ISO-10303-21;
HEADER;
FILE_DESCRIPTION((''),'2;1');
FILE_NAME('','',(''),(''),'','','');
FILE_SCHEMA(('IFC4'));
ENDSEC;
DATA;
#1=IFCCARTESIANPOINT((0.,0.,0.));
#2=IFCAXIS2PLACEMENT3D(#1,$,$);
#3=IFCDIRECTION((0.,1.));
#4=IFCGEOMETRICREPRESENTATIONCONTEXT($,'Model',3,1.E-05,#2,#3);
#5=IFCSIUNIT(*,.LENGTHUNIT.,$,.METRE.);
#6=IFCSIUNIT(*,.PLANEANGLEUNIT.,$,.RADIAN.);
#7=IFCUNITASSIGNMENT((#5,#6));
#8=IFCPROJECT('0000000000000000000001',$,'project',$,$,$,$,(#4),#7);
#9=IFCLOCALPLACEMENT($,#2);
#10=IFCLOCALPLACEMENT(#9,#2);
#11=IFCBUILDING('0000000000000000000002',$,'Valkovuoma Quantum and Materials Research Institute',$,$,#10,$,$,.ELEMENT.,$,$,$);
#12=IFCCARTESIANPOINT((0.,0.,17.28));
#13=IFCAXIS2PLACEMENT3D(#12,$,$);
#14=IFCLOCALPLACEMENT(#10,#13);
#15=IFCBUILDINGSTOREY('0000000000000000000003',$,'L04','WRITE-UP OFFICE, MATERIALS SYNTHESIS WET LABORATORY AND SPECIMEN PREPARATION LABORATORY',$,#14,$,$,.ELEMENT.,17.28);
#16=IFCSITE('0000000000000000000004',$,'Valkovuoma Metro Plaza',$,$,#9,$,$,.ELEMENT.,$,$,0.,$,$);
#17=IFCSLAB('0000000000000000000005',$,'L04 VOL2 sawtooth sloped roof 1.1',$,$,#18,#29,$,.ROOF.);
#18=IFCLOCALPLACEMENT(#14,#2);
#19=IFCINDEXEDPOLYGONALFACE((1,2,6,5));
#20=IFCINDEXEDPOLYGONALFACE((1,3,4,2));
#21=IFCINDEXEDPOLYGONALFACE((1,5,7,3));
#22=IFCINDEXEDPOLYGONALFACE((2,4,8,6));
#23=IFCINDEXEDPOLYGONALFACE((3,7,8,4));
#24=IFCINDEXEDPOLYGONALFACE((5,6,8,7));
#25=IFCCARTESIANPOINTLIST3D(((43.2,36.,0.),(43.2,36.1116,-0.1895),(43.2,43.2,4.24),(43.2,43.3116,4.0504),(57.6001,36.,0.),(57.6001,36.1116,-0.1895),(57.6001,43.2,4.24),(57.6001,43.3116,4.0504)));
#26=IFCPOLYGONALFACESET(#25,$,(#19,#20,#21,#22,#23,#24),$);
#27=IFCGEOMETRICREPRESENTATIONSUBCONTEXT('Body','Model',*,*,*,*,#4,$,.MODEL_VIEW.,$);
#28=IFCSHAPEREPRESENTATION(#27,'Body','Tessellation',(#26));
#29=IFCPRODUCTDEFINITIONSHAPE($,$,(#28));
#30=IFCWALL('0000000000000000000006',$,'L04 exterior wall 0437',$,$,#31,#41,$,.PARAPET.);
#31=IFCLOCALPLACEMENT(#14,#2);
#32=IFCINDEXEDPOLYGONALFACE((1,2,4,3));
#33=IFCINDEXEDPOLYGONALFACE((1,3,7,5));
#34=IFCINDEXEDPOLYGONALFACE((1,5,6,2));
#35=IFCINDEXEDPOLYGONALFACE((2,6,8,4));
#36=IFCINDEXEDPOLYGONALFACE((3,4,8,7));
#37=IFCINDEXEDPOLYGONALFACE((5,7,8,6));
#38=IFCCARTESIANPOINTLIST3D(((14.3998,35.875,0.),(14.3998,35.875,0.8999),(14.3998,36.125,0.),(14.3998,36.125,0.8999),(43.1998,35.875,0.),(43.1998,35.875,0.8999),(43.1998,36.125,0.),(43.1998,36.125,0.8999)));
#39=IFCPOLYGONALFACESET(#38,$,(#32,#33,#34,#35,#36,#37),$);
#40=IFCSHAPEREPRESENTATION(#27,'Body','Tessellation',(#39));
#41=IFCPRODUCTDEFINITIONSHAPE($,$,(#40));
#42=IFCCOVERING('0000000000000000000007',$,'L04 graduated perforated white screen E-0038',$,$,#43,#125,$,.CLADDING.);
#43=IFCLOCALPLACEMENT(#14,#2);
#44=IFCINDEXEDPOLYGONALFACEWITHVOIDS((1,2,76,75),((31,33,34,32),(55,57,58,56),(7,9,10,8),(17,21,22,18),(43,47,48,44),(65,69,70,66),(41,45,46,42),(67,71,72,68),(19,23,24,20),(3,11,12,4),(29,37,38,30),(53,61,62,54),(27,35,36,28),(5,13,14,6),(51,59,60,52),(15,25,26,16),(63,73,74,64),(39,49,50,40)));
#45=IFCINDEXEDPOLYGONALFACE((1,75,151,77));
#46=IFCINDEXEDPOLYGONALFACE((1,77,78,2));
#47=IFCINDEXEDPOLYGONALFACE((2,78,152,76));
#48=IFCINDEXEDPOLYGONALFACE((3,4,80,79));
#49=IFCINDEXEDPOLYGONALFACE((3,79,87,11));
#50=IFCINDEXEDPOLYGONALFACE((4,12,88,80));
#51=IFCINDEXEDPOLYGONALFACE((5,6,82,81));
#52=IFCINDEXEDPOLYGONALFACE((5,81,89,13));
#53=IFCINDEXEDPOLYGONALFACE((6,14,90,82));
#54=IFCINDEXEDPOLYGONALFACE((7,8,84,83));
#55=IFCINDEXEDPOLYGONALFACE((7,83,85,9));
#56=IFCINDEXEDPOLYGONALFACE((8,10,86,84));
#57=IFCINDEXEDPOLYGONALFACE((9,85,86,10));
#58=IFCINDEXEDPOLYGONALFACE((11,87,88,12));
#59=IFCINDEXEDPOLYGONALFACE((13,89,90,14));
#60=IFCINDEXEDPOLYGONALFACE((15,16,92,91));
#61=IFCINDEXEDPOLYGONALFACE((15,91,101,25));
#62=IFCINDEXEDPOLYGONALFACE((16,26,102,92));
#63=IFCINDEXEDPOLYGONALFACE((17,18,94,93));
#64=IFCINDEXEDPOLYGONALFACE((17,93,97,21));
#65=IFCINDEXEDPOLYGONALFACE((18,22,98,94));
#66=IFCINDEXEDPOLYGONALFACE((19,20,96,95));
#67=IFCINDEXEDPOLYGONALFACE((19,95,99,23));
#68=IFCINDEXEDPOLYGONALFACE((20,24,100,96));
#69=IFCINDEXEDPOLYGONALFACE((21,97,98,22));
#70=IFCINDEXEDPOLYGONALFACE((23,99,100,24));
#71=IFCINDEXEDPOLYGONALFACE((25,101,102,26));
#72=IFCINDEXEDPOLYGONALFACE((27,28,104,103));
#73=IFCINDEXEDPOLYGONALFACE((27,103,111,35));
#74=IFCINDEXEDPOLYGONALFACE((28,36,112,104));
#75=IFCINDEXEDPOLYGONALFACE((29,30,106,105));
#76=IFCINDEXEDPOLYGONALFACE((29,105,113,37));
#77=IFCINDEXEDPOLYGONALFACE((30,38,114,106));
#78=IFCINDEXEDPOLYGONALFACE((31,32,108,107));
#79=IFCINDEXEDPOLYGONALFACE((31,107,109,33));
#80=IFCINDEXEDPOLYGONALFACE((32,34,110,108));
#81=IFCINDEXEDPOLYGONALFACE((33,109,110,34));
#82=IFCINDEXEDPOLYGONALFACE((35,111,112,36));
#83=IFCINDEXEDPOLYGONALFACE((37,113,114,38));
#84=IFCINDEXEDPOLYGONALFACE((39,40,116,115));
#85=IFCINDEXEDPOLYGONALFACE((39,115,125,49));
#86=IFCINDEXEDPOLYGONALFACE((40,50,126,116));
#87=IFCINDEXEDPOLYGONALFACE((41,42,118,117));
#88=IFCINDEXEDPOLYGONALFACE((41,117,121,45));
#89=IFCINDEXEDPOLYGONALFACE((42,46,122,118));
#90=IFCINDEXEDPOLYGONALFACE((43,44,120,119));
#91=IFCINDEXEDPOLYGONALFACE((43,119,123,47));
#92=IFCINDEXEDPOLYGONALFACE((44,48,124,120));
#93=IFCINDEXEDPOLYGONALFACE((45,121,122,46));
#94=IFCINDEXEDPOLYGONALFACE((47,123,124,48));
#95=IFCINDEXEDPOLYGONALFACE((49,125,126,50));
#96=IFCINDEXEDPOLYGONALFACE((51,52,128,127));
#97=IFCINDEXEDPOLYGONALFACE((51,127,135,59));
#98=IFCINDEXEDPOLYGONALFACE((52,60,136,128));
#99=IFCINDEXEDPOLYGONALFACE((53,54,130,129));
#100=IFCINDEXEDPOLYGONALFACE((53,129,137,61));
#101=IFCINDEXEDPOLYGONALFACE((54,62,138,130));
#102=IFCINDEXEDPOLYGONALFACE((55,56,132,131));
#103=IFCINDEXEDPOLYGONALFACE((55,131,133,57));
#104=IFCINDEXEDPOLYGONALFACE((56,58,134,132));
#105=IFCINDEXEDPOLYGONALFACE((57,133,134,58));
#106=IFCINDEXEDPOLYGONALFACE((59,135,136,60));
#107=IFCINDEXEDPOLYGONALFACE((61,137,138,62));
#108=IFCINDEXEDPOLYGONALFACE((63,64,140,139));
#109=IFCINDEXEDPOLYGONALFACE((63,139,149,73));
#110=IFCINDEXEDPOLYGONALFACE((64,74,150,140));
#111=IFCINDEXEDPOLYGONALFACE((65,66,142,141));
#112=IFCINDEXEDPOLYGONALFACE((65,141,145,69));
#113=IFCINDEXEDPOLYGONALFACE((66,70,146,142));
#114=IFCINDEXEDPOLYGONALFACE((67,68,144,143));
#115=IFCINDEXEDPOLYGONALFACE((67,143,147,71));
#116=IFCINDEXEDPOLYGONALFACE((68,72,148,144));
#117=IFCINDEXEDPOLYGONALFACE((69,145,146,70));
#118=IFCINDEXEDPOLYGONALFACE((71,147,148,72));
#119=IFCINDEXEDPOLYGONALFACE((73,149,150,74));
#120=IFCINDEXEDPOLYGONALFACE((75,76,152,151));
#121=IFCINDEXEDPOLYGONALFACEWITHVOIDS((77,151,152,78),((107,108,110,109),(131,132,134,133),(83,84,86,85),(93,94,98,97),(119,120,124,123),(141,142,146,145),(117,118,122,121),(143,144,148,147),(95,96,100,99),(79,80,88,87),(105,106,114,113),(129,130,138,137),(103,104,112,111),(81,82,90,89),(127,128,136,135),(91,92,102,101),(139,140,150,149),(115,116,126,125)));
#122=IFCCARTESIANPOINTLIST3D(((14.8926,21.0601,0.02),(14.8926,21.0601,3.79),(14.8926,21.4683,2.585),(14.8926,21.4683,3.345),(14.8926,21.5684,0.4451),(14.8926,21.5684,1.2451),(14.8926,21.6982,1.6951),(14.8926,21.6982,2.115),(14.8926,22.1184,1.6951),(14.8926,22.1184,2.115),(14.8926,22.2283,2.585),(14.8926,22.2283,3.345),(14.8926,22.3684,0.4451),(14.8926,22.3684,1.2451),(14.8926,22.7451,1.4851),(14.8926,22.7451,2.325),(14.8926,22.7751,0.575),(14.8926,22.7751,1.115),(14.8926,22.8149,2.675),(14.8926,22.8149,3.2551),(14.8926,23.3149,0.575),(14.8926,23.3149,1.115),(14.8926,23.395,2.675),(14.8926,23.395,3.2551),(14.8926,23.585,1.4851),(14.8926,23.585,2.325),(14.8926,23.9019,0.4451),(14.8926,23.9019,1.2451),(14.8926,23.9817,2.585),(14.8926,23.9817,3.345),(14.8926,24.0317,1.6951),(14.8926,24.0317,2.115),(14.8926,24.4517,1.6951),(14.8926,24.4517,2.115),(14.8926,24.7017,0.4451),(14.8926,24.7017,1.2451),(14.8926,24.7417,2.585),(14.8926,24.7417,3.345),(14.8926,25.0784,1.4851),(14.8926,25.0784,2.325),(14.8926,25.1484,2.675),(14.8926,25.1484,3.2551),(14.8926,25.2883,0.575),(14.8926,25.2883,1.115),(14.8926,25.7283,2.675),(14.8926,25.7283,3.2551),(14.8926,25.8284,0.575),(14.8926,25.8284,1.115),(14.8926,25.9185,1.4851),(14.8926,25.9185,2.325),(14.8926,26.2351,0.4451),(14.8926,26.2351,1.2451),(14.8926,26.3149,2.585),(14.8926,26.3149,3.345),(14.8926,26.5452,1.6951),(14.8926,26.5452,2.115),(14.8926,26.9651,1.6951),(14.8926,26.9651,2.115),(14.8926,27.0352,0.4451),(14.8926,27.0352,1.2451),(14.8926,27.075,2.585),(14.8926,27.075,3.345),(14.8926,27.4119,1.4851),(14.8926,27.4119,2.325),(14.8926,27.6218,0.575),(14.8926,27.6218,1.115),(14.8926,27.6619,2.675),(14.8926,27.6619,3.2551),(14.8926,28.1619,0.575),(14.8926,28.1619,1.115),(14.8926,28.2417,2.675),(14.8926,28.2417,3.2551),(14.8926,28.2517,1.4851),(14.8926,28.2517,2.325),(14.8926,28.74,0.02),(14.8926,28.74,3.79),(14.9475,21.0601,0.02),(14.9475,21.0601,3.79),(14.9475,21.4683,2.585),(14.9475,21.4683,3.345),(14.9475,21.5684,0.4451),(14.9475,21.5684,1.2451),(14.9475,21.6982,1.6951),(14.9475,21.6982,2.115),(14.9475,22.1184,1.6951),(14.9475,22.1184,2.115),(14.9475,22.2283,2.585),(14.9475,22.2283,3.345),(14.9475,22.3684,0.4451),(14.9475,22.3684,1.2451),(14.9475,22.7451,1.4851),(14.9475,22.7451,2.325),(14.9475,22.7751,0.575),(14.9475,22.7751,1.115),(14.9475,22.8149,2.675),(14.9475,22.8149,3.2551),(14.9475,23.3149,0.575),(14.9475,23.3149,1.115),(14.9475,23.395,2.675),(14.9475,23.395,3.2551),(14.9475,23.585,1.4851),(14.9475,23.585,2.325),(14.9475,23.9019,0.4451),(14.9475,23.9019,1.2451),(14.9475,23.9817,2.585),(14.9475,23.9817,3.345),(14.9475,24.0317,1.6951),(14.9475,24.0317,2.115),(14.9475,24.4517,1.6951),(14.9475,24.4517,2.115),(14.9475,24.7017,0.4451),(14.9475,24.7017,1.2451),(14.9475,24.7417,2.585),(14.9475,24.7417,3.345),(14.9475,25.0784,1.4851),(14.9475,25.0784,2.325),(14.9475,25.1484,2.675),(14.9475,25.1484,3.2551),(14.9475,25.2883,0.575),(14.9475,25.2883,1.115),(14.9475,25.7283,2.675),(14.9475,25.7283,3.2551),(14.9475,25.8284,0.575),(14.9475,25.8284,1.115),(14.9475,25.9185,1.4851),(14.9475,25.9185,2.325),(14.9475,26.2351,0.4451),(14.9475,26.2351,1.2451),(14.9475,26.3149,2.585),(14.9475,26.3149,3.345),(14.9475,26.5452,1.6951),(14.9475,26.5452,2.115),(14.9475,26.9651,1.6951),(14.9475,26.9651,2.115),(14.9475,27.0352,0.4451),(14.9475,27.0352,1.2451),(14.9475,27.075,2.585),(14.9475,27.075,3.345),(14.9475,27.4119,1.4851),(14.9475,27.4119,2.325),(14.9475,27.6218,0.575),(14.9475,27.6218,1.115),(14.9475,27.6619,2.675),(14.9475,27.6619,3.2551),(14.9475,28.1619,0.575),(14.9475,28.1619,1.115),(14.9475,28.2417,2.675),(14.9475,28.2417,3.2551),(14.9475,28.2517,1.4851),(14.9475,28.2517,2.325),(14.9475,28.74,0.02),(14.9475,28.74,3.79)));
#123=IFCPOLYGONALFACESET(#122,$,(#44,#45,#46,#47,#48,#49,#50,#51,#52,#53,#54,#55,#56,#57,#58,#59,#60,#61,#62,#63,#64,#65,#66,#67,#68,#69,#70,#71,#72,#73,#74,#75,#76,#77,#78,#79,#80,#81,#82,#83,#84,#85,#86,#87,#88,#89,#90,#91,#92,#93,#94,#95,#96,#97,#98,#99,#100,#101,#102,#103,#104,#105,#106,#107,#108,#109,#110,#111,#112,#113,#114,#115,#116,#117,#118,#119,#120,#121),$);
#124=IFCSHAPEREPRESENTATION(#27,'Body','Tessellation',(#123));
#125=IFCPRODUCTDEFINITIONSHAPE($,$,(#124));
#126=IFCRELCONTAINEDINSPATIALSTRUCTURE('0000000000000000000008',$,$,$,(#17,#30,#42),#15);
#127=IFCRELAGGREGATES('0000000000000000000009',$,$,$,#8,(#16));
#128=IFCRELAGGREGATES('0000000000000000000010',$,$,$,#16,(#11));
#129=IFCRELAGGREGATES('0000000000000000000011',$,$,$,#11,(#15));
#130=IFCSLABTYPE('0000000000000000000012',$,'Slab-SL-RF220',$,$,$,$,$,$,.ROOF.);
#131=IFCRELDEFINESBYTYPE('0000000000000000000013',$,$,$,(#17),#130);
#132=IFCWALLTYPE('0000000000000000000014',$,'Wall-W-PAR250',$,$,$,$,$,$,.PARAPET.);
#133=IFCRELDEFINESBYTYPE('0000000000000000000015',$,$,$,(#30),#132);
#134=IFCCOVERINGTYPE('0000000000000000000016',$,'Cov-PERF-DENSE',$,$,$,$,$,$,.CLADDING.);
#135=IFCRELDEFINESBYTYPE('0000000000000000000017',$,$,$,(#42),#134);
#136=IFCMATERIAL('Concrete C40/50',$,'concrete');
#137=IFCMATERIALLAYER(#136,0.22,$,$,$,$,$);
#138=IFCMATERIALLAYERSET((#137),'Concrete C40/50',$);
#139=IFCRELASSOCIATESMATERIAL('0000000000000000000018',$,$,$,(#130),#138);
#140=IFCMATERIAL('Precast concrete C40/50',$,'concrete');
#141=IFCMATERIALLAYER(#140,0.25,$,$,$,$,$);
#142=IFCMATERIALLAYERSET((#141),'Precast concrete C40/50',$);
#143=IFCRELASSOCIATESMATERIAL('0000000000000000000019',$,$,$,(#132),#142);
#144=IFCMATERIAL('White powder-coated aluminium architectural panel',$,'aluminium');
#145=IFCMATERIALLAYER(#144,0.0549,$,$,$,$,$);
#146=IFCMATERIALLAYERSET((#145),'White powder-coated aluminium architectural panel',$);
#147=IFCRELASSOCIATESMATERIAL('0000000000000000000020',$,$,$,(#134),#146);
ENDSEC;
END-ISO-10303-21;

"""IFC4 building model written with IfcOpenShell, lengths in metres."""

from ifc_helpers import new_model, si_unit, direction, frame, frame_2d, origin, place, context, subcontext, project, spatial, polyline, rectangle, outline, extrude, material, layer, layer_set, type_object, element, save


model = new_model("IFC4")

# Units and contexts
model_context = context("Model", 3, precision=1e-05, world=origin(), true_north=direction((0.0, 1.0)))
body_context = subcontext(model_context, "Body", "Model", "MODEL_VIEW")
ifc_project = project(units=[si_unit("LENGTHUNIT", "METRE"), si_unit("PLANEANGLEUNIT", "RADIAN")], contexts=[model_context])

# Site, building, storey
site_placement = place(None, origin())
site = spatial("IfcSite", under=ifc_project, at=site_placement, Name="Valkovuoma Metro Plaza", CompositionType="ELEMENT", RefElevation=0.0)
building_placement = place(site_placement, origin())
building = spatial("IfcBuilding", under=site, at=building_placement, Name="Valkovuoma Quantum and Materials Research Institute", CompositionType="ELEMENT")
storey_placement = place(building_placement, frame((0.0, 0.0, 17.28)))
storey = spatial("IfcBuildingStorey", under=building, at=storey_placement, Name="L04", Description="WRITE-UP OFFICE, MATERIALS SYNTHESIS WET LABORATORY AND SPECIMEN PREPARATION LABORATORY", CompositionType="ELEMENT", Elevation=17.28)

# Slab
ifc_material_1 = material(Name="Concrete C40/50", Category="concrete")
ifc_layer_1 = layer(ifc_material_1, 0.22)
ifc_layer_set_1 = layer_set([ifc_layer_1], Name="Concrete C40/50")
slab_type = type_object("IfcSlabType", Name="Slab-SL-RF220", PredefinedType="ROOF", material=ifc_layer_set_1)
slab_placement = place(storey_placement, frame((43.2, 36.0, 0.0), z_axis=(0.0, -0.50744, 0.861687), x_axis=(1.0, 0.0, 0.0)))
element("IfcSlab", 1, at=slab_placement, inside=storey, type_object=slab_type, Name="L04 VOL2 sawtooth sloped roof 1.1", PredefinedType="ROOF", context=body_context, shape_type="SweptSolid", body=[
    extrude(outline(polyline([(0.0, 0.0), (14.4001, 0.0), (14.4001, 8.3556), (0.0, 8.3556), (0.0, 0.0)])), origin(), (0.0, 0.0, -1.0), 0.22),
])

# Wall
ifc_material_2 = material(Name="Precast concrete C40/50", Category="concrete")
ifc_layer_2 = layer(ifc_material_2, 0.25)
ifc_layer_set_2 = layer_set([ifc_layer_2], Name="Precast concrete C40/50")
wall_type = type_object("IfcWallType", Name="Wall-W-PAR250", PredefinedType="PARAPET", material=ifc_layer_set_2)
wall_placement = place(storey_placement, frame((14.3999, 36.0, 0.0), z_axis=(0.0, 0.0, 1.0), x_axis=(1.0, 0.0, 0.0)))
element("IfcWall", 2, at=wall_placement, inside=storey, type_object=wall_type, Name="L04 exterior wall 0437", PredefinedType="PARAPET", context=body_context, shape_type="SweptSolid", body=[
    extrude(rectangle(XDim=28.8, YDim=0.25, at=frame_2d((14.3999, 0.0))), origin(), (0.0, 0.0, 1.0), 0.8999),
])

# Covering
ifc_material_3 = material(Name="White powder-coated aluminium architectural panel", Category="aluminium")
ifc_layer_3 = layer(ifc_material_3, 0.0549)
ifc_layer_set_3 = layer_set([ifc_layer_3], Name="White powder-coated aluminium architectural panel")
covering_type = type_object("IfcCoveringType", Name="Cov-PERF-DENSE", PredefinedType="CLADDING", material=ifc_layer_set_3)
covering_1_placement = place(storey_placement, frame((14.9199, 21.0601, 0.02), z_axis=(0.0, 0.0, 1.0), x_axis=(0.0, 1.0, 0.0)))
element("IfcCovering", 3, at=covering_1_placement, inside=storey, type_object=covering_type, Name="L04 graduated perforated white screen E-0038", PredefinedType="CLADDING", context=body_context, shape_type="SweptSolid", body=[
    extrude(outline(polyline([(0.0, 0.0), (7.6799, 0.0), (7.6799, 3.77), (0.0, 3.77), (0.0, 0.0)]), holes=[polyline([(0.5083, 0.425), (0.5083, 1.2251), (1.3083, 1.2251), (1.3083, 0.425), (0.5083, 0.425)]), polyline([(0.6382, 1.675), (0.6382, 2.095), (1.0583, 2.095), (1.0583, 1.675), (0.6382, 1.675)]), polyline([(0.4082, 2.5649), (0.4082, 3.325), (1.1682, 3.325), (1.1682, 2.5649), (0.4082, 2.5649)]), polyline([(1.7151, 0.5549), (1.7151, 1.095), (2.2549, 1.095), (2.2549, 0.5549), (1.7151, 0.5549)]), polyline([(1.6851, 1.4651), (1.6851, 2.3049), (2.5249, 2.3049), (2.5249, 1.4651), (1.6851, 1.4651)]), polyline([(1.7549, 2.655), (1.7549, 3.2351), (2.335, 3.2351), (2.335, 2.655), (1.7549, 2.655)]), polyline([(2.8418, 0.425), (2.8418, 1.2251), (3.6416, 1.2251), (3.6416, 0.425), (2.8418, 0.425)]), polyline([(2.9717, 1.675), (2.9717, 2.095), (3.3916, 2.095), (3.3916, 1.675), (2.9717, 1.675)]), polyline([(2.9216, 2.5649), (2.9216, 3.325), (3.6816, 3.325), (3.6816, 2.5649), (2.9216, 2.5649)]), polyline([(4.2283, 0.5549), (4.2283, 1.095), (4.7683, 1.095), (4.7683, 0.5549), (4.2283, 0.5549)]), polyline([(4.0183, 1.4651), (4.0183, 2.3049), (4.8584, 2.3049), (4.8584, 1.4651), (4.0183, 1.4651)]), polyline([(4.0884, 2.655), (4.0884, 3.2351), (4.6682, 3.2351), (4.6682, 2.655), (4.0884, 2.655)]), polyline([(5.175, 0.425), (5.175, 1.2251), (5.9751, 1.2251), (5.9751, 0.425), (5.175, 0.425)]), polyline([(5.4851, 1.675), (5.4851, 2.095), (5.905, 2.095), (5.905, 1.675), (5.4851, 1.675)]), polyline([(5.2549, 2.5649), (5.2549, 3.325), (6.0149, 3.325), (6.0149, 2.5649), (5.2549, 2.5649)]), polyline([(6.5618, 0.5549), (6.5618, 1.095), (7.1018, 1.095), (7.1018, 0.5549), (6.5618, 0.5549)]), polyline([(6.3518, 1.4651), (6.3518, 2.3049), (7.1917, 2.3049), (7.1917, 1.4651), (6.3518, 1.4651)]), polyline([(6.6018, 2.655), (6.6018, 3.2351), (7.1816, 3.2351), (7.1816, 2.655), (6.6018, 2.655)])]), frame((0.0, 0.0273, 0.0), z_axis=(0.0, -1.0, 0.0), x_axis=(1.0, 0.0, 0.0)), (0.0, 0.0, 1.0), 0.0549),
])

save(model, "model.ifc")
